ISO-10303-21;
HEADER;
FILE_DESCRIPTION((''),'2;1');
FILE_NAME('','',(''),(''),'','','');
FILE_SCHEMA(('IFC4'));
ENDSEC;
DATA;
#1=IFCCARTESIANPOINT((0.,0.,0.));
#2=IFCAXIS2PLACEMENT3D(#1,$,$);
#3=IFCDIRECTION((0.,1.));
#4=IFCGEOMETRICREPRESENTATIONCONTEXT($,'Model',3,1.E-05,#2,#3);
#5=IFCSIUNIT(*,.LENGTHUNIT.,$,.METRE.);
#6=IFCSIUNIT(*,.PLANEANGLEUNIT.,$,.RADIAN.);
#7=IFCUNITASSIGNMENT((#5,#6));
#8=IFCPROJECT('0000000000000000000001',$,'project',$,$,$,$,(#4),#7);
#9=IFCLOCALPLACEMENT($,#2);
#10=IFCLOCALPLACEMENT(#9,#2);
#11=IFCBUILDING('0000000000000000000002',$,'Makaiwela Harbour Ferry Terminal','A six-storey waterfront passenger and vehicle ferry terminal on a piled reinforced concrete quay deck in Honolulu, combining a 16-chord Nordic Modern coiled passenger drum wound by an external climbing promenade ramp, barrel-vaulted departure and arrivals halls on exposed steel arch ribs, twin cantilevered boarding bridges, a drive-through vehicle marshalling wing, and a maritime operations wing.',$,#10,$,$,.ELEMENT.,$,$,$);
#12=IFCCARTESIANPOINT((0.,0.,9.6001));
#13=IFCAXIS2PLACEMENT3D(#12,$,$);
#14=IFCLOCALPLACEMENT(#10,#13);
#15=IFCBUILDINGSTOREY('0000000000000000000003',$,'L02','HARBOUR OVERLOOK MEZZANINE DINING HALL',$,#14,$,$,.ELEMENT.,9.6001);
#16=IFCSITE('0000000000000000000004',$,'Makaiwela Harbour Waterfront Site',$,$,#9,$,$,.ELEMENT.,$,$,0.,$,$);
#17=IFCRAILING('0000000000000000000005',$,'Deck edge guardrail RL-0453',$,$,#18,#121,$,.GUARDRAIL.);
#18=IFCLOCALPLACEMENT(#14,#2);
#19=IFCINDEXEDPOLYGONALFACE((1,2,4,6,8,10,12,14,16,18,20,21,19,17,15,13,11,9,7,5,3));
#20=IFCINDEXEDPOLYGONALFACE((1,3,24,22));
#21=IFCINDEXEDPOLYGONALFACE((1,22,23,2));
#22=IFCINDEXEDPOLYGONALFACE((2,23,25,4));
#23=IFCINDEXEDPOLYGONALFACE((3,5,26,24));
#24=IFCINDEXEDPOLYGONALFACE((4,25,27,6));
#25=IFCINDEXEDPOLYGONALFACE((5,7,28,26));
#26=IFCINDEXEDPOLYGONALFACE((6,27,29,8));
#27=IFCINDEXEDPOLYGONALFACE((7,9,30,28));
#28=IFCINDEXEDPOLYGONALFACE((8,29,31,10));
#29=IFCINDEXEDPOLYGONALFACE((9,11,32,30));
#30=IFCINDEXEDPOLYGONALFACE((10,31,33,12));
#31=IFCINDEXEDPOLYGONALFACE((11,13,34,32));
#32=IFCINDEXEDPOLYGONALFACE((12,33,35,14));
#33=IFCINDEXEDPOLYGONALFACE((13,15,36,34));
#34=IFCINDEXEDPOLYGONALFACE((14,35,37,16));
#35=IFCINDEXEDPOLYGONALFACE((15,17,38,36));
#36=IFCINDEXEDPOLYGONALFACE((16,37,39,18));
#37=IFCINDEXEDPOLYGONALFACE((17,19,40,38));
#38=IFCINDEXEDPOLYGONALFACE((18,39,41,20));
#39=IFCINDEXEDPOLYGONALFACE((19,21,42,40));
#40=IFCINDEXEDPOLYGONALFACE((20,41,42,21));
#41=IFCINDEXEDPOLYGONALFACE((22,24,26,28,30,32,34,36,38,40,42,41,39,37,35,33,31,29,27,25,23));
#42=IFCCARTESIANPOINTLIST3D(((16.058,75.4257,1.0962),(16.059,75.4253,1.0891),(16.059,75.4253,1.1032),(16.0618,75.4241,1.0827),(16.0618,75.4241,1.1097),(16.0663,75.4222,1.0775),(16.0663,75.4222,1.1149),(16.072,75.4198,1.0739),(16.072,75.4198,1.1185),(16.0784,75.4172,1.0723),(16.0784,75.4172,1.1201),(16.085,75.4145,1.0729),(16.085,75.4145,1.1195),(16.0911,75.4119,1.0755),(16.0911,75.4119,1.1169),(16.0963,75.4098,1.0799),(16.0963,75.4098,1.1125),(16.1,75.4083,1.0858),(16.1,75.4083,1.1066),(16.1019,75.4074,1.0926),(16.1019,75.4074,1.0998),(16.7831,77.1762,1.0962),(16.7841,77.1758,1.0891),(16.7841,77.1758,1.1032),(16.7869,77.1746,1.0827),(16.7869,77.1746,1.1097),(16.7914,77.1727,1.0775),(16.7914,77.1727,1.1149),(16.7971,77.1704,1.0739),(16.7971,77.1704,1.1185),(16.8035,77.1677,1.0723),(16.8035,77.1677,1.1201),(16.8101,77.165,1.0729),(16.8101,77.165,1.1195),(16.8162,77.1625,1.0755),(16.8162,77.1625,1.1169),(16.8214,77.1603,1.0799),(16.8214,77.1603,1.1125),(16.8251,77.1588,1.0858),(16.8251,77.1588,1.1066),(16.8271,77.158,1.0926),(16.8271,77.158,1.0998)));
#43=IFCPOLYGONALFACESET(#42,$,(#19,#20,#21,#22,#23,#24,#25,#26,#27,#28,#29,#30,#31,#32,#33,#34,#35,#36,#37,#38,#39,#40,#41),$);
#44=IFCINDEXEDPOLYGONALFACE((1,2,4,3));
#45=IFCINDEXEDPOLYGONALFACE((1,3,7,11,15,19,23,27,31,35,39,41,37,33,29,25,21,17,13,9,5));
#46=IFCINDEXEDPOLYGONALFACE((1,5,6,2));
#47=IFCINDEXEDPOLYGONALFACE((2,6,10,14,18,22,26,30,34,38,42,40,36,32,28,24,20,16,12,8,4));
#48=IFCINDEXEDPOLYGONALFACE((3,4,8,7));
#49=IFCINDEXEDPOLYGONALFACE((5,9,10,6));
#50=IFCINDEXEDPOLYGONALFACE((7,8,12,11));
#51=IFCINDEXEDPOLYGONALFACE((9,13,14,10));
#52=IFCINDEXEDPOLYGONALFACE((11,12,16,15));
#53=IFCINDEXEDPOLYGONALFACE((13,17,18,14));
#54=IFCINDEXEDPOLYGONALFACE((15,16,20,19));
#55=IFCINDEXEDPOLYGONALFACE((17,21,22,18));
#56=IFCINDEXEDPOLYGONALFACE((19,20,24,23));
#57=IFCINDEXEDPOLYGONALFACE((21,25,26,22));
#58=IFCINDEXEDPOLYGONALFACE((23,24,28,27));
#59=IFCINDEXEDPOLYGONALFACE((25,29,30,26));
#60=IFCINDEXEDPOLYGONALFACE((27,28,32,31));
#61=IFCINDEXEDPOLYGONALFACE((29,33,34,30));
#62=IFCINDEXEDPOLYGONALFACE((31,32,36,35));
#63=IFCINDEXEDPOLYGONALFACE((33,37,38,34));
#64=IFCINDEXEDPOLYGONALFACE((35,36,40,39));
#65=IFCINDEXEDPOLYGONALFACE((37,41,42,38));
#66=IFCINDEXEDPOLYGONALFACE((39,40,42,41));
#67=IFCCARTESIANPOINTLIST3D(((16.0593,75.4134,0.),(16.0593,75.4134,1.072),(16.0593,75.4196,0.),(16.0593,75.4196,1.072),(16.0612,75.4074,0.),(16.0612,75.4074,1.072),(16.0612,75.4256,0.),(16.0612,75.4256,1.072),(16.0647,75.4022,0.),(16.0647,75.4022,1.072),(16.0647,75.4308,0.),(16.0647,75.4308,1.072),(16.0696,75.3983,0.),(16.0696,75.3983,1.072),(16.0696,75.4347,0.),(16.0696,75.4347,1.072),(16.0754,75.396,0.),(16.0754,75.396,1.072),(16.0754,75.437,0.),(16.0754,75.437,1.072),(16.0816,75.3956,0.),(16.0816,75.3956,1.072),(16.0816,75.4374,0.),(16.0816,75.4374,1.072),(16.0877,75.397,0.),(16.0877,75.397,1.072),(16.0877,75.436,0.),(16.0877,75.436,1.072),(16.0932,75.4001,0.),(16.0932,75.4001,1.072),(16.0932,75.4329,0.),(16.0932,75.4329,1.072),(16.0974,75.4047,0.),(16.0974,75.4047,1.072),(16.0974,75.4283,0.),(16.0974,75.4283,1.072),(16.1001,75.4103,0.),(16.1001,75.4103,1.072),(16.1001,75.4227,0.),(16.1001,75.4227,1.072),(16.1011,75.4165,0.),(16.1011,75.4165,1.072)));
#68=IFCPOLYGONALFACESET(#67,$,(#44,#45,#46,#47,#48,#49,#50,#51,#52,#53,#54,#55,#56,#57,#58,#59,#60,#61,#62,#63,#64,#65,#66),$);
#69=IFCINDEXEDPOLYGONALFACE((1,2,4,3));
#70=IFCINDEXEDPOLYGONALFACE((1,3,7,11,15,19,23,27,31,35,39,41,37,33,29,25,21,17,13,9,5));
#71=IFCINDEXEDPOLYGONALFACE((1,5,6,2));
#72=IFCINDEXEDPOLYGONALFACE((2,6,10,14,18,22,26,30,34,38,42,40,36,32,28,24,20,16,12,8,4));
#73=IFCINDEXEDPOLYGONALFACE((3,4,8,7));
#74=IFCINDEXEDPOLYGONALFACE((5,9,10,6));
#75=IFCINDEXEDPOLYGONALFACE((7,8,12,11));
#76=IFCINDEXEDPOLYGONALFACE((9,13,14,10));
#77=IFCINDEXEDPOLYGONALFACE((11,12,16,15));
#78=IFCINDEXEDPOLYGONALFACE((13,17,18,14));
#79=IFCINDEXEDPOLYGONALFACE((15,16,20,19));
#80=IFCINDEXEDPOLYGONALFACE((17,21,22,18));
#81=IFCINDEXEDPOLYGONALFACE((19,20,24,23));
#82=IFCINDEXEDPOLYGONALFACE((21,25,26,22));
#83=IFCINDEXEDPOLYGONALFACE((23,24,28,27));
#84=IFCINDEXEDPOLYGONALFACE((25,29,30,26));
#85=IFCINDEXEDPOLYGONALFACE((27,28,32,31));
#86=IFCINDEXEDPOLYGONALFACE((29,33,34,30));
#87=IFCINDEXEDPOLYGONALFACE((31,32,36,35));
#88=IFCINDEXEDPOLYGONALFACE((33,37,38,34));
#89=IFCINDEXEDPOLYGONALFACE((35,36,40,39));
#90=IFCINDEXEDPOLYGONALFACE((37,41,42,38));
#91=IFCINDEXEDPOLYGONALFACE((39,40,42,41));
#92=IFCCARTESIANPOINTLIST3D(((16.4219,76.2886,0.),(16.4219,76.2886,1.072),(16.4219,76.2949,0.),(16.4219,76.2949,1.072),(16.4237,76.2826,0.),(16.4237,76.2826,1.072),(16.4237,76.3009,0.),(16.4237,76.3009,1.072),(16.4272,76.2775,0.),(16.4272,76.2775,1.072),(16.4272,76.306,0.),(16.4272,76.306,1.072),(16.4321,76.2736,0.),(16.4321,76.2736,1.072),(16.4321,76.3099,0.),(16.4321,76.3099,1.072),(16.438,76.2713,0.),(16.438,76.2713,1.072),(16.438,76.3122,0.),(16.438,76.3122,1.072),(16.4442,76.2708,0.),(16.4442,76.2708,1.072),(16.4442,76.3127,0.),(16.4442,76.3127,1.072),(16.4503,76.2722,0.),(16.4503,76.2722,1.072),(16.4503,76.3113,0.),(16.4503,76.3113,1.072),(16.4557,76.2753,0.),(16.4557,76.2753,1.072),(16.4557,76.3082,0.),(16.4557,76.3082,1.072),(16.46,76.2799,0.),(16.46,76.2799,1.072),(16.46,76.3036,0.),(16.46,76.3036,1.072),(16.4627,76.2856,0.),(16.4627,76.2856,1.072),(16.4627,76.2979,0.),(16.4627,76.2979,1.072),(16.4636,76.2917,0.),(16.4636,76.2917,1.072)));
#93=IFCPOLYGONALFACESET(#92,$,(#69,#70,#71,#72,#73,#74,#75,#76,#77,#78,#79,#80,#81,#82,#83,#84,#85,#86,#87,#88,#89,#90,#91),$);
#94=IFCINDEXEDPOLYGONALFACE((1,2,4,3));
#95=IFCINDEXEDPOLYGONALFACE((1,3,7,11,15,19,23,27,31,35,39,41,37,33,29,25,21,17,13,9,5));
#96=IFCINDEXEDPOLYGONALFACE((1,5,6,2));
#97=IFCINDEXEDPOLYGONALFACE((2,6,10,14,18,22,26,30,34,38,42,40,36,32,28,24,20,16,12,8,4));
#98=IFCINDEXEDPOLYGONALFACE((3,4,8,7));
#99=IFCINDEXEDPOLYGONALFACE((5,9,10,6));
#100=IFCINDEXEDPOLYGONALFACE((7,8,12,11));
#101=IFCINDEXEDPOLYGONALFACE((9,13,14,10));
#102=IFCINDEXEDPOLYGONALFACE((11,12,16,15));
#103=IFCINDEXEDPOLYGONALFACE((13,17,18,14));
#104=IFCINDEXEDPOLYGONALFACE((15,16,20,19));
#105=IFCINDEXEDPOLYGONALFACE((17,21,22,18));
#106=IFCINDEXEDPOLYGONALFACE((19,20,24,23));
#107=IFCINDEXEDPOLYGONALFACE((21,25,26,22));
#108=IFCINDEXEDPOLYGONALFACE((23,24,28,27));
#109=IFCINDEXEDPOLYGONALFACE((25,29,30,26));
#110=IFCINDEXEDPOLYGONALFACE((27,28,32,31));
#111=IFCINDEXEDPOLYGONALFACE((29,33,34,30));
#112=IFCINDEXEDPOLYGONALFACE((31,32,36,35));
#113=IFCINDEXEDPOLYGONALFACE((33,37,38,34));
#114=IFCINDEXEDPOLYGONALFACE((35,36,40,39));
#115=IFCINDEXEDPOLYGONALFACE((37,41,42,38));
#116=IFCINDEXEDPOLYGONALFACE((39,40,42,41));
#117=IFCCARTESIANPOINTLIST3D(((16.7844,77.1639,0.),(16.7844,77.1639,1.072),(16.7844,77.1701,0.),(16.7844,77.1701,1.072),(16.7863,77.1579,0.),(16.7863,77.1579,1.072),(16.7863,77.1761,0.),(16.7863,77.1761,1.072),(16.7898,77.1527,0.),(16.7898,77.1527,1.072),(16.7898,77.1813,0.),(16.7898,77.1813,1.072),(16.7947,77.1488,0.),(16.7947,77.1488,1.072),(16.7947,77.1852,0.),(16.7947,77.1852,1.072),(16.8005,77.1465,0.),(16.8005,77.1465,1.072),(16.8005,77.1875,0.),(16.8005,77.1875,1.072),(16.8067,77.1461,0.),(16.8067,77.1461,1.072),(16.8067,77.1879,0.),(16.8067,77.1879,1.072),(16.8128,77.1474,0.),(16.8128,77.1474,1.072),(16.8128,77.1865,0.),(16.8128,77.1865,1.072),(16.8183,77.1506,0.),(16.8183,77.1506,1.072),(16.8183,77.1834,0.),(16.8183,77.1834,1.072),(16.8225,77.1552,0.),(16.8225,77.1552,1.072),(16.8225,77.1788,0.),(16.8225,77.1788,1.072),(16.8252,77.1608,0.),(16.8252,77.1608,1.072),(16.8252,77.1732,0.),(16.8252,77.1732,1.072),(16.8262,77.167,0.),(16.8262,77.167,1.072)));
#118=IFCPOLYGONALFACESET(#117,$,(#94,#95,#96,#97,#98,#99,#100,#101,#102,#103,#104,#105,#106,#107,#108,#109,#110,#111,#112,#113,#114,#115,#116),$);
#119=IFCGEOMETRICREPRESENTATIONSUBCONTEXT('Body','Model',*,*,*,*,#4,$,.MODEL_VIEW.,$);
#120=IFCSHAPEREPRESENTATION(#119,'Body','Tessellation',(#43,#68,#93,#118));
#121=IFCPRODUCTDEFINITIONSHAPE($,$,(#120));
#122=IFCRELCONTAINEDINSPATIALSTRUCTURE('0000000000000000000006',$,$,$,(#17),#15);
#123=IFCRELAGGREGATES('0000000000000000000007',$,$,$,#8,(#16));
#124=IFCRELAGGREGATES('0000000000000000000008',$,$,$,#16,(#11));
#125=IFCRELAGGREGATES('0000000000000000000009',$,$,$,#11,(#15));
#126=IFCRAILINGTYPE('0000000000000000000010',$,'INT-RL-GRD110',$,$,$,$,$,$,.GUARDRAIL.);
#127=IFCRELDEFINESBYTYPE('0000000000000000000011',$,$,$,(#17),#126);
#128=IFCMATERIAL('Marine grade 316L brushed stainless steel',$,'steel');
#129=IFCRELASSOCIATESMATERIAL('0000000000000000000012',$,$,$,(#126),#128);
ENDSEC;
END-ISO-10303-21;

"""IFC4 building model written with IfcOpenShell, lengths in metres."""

from ifc_helpers import new_model, si_unit, direction, frame, origin, origin_2d, place, context, subcontext, project, spatial, circle, extrude, material, type_object, element, save


model = new_model("IFC4")

# Units and contexts
model_context = context("Model", 3, precision=1e-05, world=origin(), true_north=direction((0.0, 1.0)))
body_context = subcontext(model_context, "Body", "Model", "MODEL_VIEW")
ifc_project = project(units=[si_unit("LENGTHUNIT", "METRE"), si_unit("PLANEANGLEUNIT", "RADIAN")], contexts=[model_context])

# Site, building, storey
site_placement = place(None, origin())
site = spatial("IfcSite", under=ifc_project, at=site_placement, Name="Makaiwela Harbour Waterfront Site", CompositionType="ELEMENT", RefElevation=0.0)
building_placement = place(site_placement, origin())
building = spatial("IfcBuilding", under=site, at=building_placement, Name="Makaiwela Harbour Ferry Terminal", Description="A six-storey waterfront passenger and vehicle ferry terminal on a piled reinforced concrete quay deck in Honolulu, combining a 16-chord Nordic Modern coiled passenger drum wound by an external climbing promenade ramp, barrel-vaulted departure and arrivals halls on exposed steel arch ribs, twin cantilevered boarding bridges, a drive-through vehicle marshalling wing, and a maritime operations wing.", CompositionType="ELEMENT")
storey_placement = place(building_placement, frame((0.0, 0.0, 9.6001)))
storey = spatial("IfcBuildingStorey", under=building, at=storey_placement, Name="L02", Description="HARBOUR OVERLOOK MEZZANINE DINING HALL", CompositionType="ELEMENT", Elevation=9.6001)

# Railing
ifc_material_1 = material(Name="Marine grade 316L brushed stainless steel", Category="steel")
railing_type = type_object("IfcRailingType", Name="INT-RL-GRD110", PredefinedType="GUARDRAIL", material=ifc_material_1)
railing_1_placement = place(storey_placement, frame((16.0801, 75.4165, 0.0)))
element("IfcRailing", 1, at=railing_1_placement, inside=storey, type_object=railing_type, Name="Deck edge guardrail RL-0453", PredefinedType="GUARDRAIL", context=body_context, shape_type="SweptSolid", body=[
    extrude(circle(Radius=0.0239, at=origin_2d()), frame((0.0, 0.0, 1.0962), z_axis=(0.382693, 0.923875, 0.0), x_axis=(-0.923875, 0.382693, 0.0)), (0.0, 0.0, 1.0), 1.8948),
    extrude(circle(Radius=0.021, at=origin_2d()), origin(), (0.0, 0.0, 1.0), 1.072),
    extrude(circle(Radius=0.021, at=origin_2d()), frame((0.3625, 0.8752, 0.0)), (0.0, 0.0, 1.0), 1.072),
    extrude(circle(Radius=0.021, at=origin_2d()), frame((0.7251, 1.7505, 0.0)), (0.0, 0.0, 1.0), 1.072),
])

save(model, "model.ifc")
